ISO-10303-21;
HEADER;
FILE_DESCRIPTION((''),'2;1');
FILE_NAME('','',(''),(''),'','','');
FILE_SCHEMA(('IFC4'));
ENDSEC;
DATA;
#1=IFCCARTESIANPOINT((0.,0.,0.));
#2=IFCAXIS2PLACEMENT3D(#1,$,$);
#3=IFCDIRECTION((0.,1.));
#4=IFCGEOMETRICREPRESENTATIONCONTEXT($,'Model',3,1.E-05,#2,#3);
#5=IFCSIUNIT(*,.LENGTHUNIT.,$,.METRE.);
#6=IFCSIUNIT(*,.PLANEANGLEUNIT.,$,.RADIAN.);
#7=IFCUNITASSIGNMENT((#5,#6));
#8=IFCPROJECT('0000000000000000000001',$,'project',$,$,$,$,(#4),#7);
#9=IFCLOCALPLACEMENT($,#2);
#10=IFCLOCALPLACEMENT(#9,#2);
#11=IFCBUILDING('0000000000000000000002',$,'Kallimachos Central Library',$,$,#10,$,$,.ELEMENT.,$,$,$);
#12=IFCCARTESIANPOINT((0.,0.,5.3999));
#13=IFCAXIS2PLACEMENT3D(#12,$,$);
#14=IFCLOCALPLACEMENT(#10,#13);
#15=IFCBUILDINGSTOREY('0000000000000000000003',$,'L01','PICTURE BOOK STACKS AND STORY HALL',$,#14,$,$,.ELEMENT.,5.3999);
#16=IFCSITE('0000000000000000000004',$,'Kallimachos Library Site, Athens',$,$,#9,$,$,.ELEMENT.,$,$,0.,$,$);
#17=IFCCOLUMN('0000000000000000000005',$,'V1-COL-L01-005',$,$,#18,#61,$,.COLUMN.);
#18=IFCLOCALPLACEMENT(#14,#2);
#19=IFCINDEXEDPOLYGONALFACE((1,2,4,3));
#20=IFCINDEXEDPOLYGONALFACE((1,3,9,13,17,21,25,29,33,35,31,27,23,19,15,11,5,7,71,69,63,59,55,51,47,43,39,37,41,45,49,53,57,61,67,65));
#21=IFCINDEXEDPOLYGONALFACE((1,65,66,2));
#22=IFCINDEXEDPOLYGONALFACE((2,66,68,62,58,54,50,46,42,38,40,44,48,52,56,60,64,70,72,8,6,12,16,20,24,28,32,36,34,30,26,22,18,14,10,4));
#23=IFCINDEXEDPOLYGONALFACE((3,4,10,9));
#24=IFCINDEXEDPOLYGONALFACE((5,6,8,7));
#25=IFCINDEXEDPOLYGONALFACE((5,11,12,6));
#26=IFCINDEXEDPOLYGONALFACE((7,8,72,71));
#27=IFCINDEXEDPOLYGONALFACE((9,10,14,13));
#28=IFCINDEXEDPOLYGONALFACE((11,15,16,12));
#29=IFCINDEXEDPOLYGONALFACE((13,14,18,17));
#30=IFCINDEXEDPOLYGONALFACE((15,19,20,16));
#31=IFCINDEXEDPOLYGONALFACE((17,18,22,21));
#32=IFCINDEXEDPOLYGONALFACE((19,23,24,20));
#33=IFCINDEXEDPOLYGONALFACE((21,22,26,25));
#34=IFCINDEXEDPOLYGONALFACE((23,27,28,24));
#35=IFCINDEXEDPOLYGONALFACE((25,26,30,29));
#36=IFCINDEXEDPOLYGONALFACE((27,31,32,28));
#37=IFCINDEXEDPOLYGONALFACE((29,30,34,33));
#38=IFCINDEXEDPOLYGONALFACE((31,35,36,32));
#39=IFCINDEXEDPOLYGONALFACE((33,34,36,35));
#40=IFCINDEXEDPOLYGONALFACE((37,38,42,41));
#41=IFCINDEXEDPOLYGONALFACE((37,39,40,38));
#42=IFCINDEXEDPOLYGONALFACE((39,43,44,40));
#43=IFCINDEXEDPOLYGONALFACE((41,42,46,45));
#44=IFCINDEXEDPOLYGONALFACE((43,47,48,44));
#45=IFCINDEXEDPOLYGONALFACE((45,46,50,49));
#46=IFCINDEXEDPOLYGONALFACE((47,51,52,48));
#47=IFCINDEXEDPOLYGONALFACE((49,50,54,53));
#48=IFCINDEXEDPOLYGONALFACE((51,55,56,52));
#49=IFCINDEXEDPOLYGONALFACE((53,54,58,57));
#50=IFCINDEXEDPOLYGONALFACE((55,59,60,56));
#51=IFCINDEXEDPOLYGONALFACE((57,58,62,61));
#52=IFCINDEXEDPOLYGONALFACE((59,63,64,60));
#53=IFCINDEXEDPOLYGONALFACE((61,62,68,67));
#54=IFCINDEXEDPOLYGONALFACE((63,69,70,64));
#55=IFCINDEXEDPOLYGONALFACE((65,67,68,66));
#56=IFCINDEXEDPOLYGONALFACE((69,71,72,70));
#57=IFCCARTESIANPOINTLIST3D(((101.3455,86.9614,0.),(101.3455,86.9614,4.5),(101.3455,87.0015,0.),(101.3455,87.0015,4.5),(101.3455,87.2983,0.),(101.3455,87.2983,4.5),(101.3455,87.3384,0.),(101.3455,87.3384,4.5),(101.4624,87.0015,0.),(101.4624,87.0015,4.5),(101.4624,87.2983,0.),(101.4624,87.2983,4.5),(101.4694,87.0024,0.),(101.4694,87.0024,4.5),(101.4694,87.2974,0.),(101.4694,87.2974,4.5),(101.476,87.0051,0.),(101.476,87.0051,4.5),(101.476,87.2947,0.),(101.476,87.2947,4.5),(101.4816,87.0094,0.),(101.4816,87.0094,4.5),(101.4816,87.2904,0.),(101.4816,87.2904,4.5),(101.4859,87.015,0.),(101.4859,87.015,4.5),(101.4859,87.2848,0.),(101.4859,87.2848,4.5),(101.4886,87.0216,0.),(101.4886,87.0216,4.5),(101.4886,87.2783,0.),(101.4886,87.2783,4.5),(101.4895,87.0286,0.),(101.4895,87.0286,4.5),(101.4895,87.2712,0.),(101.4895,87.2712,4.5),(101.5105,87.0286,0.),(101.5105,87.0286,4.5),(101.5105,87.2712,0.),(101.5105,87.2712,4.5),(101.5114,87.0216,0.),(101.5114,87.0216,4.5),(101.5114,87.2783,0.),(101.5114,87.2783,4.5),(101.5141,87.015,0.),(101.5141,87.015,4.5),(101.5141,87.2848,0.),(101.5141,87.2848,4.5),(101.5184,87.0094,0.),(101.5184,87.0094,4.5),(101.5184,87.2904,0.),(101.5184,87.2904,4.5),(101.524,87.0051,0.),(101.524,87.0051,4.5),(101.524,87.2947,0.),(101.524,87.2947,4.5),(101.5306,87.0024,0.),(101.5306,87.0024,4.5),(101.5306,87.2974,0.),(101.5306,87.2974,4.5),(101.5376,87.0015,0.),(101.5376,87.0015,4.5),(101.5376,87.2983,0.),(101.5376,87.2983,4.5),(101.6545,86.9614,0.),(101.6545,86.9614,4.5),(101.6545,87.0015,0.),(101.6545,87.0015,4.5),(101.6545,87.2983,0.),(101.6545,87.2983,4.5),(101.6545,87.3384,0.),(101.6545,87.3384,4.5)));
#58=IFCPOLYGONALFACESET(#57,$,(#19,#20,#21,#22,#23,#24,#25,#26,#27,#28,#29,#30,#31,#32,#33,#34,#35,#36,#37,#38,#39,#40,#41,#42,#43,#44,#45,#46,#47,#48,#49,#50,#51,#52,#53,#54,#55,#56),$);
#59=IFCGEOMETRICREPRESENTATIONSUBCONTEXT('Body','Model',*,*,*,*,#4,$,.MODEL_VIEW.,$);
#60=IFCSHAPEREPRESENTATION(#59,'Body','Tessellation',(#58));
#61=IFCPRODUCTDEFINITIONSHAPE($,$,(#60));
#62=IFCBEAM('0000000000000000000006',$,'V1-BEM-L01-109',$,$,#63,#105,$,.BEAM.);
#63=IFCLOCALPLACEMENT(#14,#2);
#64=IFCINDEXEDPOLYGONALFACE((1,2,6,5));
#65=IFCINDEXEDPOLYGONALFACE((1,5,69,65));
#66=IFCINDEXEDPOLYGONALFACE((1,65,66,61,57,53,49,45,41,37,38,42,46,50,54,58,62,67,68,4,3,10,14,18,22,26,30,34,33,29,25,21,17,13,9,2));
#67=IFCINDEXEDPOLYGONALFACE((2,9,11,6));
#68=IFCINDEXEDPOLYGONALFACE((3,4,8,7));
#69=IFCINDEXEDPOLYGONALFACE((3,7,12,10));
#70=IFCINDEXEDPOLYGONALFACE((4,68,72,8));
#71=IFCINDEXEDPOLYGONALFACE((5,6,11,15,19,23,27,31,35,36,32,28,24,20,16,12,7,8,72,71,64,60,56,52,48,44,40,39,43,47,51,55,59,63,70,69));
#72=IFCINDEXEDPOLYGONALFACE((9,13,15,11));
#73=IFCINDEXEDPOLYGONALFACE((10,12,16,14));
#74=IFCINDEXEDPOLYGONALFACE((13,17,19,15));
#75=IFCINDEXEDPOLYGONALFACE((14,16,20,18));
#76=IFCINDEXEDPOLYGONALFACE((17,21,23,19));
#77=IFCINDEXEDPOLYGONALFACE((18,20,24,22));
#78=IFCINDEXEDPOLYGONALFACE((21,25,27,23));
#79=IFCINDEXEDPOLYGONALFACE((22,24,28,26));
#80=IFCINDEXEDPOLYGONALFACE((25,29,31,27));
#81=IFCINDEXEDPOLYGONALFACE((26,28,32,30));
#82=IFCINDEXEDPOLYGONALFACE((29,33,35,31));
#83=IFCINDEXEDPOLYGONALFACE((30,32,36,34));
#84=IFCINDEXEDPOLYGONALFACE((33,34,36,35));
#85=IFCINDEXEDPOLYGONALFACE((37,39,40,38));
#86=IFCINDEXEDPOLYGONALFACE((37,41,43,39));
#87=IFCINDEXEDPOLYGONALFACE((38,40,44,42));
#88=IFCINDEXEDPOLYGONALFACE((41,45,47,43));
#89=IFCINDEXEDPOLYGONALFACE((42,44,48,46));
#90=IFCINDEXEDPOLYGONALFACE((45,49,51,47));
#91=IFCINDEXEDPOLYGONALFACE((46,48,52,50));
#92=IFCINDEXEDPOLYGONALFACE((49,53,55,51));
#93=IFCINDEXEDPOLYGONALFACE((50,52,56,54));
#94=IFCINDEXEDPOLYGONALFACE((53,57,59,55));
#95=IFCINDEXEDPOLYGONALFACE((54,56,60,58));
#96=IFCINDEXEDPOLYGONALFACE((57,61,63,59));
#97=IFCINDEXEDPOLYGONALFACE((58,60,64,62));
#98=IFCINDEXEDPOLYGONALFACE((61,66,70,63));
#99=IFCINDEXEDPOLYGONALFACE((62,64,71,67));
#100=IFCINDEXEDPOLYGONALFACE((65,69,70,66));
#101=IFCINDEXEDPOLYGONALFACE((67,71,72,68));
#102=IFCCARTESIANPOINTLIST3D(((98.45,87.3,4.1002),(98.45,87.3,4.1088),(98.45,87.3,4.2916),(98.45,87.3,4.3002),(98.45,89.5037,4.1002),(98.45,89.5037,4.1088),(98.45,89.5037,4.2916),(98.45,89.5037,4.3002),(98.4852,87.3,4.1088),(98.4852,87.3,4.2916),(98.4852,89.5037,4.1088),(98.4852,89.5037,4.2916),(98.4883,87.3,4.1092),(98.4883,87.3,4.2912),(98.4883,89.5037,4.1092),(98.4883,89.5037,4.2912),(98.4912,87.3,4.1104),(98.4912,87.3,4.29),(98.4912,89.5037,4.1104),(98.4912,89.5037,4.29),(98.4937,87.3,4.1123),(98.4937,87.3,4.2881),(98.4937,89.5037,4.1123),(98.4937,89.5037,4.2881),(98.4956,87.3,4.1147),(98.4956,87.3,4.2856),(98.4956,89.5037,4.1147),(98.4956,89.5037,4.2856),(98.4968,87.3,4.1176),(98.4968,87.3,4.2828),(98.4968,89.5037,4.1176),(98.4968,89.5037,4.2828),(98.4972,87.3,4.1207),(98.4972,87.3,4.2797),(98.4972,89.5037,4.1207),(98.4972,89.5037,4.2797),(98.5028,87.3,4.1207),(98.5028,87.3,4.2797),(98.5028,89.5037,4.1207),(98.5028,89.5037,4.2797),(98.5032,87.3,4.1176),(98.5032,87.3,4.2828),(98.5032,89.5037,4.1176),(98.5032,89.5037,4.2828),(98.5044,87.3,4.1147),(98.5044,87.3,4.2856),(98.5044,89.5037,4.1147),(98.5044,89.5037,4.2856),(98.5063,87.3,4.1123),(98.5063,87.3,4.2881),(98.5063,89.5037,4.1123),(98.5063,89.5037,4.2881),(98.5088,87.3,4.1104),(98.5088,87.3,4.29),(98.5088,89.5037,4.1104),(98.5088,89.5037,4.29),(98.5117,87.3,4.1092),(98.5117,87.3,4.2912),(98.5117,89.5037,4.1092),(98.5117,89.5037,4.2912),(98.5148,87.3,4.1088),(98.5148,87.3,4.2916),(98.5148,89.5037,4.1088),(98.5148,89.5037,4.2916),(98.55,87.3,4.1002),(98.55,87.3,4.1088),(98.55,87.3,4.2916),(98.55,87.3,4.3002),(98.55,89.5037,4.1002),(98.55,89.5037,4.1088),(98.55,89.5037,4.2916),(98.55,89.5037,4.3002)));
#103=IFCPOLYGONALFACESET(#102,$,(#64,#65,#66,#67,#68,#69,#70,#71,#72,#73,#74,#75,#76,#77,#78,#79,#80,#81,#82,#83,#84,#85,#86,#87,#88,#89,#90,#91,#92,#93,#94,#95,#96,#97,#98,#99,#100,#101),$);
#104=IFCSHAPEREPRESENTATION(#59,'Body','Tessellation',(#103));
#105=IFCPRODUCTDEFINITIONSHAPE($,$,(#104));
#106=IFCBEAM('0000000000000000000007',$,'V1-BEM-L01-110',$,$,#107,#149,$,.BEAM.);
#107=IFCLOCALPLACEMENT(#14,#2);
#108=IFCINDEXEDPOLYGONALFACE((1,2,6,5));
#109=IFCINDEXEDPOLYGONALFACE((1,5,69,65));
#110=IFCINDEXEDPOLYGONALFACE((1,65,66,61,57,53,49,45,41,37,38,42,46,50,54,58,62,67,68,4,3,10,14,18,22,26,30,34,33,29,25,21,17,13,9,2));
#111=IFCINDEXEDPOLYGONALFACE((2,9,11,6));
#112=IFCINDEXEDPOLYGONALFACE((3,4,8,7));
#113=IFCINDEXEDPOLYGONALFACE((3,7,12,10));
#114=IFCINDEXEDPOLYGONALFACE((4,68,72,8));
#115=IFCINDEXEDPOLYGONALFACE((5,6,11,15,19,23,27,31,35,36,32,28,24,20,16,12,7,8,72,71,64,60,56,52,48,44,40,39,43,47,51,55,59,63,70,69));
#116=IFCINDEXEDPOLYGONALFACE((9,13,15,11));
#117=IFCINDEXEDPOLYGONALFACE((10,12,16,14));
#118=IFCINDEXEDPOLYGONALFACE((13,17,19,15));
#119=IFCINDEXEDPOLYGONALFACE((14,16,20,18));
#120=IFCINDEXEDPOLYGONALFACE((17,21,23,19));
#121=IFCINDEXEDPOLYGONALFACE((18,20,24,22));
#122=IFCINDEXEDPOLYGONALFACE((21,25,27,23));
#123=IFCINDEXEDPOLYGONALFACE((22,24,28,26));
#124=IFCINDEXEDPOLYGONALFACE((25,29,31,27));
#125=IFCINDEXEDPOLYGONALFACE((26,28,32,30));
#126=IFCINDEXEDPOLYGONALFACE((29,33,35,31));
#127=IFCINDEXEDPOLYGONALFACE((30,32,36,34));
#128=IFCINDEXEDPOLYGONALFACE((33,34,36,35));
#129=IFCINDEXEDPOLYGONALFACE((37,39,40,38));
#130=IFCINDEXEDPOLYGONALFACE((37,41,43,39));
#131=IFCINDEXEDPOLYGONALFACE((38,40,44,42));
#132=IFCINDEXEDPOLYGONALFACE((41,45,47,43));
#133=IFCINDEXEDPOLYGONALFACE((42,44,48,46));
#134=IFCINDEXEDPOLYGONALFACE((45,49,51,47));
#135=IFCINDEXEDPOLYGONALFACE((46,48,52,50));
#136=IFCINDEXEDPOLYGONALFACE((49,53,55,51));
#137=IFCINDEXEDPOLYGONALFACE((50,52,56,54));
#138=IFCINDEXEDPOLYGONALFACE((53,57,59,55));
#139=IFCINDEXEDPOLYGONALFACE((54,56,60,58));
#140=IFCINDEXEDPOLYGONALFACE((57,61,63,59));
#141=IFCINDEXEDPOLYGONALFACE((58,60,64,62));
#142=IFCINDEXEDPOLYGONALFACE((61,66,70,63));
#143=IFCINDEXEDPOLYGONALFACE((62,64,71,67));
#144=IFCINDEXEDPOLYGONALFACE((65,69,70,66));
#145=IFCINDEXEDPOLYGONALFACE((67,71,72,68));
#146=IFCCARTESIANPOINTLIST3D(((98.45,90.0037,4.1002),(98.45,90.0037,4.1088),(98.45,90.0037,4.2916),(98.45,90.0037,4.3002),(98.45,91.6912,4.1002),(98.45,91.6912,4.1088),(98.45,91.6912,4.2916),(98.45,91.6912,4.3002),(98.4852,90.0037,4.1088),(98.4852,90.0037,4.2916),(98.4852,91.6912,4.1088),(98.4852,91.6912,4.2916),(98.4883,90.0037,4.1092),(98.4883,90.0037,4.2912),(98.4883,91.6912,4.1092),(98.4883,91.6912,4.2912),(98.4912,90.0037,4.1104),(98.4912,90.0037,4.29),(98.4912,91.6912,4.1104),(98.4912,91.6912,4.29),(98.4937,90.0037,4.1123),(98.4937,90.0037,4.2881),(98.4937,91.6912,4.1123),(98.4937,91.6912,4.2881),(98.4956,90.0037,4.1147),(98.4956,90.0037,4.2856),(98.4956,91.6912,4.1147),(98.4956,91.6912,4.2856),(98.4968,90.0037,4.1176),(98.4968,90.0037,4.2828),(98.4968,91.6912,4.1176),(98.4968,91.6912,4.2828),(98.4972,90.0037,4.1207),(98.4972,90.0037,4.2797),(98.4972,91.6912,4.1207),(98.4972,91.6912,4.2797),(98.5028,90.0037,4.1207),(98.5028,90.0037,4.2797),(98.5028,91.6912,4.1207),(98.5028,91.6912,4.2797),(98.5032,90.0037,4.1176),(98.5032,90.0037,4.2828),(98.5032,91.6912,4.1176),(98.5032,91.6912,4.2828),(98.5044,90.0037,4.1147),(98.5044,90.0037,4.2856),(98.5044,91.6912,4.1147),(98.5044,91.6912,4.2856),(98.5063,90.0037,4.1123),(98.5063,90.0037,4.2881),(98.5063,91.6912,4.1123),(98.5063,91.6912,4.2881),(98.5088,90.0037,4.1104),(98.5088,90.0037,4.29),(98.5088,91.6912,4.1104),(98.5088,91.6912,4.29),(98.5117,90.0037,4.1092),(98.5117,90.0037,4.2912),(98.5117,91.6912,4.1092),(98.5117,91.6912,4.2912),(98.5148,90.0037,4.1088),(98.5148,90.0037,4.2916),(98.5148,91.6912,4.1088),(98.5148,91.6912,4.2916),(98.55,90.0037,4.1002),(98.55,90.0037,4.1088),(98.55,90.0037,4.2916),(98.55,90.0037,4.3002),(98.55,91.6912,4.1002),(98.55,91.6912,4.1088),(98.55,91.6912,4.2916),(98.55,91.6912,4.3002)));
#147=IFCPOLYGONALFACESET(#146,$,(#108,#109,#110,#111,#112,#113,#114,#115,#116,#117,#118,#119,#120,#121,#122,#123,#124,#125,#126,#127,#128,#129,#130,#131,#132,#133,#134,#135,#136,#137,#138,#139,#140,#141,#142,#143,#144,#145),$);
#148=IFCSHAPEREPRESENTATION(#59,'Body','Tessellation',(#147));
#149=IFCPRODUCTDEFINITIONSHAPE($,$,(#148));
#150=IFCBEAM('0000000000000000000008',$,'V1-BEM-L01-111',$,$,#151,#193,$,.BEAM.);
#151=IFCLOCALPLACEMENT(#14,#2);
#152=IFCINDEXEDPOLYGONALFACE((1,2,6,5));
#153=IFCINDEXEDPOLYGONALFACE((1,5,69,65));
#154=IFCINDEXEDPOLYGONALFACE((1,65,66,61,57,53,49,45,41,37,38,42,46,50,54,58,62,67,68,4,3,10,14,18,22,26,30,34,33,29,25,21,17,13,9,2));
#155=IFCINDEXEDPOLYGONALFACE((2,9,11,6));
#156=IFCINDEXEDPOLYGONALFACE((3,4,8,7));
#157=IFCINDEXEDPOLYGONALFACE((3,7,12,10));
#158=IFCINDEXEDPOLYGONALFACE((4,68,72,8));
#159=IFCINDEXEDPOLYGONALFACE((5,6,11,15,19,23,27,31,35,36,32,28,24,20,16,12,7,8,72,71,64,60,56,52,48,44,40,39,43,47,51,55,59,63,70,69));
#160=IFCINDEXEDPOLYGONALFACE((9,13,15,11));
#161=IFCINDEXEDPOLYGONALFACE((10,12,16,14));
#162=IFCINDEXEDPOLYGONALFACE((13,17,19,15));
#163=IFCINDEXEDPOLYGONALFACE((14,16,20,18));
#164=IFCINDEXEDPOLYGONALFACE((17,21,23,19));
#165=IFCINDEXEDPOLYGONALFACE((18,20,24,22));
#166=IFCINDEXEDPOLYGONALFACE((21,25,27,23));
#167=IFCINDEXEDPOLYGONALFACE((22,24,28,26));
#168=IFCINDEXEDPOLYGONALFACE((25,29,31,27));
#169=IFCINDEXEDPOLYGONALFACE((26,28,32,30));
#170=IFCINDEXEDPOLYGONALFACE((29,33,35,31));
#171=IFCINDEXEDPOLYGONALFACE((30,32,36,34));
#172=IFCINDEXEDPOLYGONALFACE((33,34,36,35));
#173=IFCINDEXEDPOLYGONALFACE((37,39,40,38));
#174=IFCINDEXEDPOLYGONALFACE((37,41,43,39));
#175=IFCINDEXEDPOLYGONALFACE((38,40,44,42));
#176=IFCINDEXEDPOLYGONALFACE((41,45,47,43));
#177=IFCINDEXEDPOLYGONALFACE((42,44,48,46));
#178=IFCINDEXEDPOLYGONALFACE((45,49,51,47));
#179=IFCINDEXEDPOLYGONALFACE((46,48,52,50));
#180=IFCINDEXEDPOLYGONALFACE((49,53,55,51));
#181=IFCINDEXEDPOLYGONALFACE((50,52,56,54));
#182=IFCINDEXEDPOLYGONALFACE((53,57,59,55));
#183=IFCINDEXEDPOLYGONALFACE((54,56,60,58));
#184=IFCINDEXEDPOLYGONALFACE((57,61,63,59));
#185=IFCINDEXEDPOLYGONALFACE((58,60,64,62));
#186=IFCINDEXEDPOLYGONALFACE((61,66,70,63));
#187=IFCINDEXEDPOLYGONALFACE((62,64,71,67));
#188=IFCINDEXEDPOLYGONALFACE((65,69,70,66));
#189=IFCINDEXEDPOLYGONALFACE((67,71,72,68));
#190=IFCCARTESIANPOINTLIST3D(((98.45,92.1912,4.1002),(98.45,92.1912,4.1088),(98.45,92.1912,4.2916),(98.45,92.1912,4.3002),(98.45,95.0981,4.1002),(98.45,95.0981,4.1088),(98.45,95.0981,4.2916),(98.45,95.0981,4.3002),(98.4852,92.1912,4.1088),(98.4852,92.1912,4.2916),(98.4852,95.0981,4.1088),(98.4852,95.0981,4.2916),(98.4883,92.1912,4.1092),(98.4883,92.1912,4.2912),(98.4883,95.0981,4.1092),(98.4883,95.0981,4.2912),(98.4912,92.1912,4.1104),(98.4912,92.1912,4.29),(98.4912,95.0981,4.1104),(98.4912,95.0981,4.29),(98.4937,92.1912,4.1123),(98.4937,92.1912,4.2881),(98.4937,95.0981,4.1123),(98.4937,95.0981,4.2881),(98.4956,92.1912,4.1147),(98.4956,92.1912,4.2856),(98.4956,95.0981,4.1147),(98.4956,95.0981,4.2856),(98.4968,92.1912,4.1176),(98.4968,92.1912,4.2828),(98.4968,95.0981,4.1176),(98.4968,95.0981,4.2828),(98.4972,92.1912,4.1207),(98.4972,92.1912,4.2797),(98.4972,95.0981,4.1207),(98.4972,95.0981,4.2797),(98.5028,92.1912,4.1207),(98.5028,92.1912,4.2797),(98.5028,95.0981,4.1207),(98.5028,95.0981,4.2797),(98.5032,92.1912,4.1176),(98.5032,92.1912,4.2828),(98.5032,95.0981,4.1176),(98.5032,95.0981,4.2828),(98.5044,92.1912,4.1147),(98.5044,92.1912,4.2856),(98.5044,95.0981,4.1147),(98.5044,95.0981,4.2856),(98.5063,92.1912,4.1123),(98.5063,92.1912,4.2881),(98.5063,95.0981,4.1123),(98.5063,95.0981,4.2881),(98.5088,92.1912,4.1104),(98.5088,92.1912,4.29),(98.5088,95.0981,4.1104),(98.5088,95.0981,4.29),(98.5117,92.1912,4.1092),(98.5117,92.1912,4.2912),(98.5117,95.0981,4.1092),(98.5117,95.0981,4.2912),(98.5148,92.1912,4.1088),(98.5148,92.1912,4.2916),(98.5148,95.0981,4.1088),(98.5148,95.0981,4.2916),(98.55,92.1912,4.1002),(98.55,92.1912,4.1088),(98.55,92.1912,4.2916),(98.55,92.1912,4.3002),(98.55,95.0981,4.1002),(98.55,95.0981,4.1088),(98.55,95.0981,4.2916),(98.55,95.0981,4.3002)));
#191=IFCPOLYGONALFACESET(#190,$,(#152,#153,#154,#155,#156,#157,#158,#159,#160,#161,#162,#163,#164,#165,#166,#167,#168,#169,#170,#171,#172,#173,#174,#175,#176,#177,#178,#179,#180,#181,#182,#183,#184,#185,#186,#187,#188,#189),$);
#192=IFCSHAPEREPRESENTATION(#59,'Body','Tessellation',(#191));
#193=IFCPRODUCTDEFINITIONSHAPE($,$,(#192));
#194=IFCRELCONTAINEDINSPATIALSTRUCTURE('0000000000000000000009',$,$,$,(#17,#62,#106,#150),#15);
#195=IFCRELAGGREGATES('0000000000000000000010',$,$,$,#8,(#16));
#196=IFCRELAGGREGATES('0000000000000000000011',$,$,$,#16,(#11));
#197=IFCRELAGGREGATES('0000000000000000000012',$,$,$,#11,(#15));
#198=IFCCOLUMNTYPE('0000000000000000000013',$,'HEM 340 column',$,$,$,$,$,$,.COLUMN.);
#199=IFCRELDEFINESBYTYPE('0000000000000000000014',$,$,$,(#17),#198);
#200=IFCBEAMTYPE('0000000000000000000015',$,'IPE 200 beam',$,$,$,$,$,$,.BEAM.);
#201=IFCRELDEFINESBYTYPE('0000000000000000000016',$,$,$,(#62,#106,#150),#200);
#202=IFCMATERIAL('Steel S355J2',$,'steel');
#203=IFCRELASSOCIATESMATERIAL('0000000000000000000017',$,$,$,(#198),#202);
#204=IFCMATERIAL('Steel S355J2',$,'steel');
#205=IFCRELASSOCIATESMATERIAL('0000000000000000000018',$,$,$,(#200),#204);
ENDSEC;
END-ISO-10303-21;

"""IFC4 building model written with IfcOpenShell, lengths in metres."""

from ifc_helpers import new_model, si_unit, direction, frame, origin, origin_2d, place, context, subcontext, project, spatial, i_section, extrude, material, material_profile, profile_set, type_object, element, save


model = new_model("IFC4")

# Units and contexts
model_context = context("Model", 3, precision=1e-05, world=origin(), true_north=direction((0.0, 1.0)))
body_context = subcontext(model_context, "Body", "Model", "MODEL_VIEW")
ifc_project = project(units=[si_unit("LENGTHUNIT", "METRE"), si_unit("PLANEANGLEUNIT", "RADIAN")], contexts=[model_context])

# Site, building, storey
site_placement = place(None, origin())
site = spatial("IfcSite", under=ifc_project, at=site_placement, Name="Kallimachos Library Site, Athens", CompositionType="ELEMENT", RefElevation=0.0)
building_placement = place(site_placement, origin())
building = spatial("IfcBuilding", under=site, at=building_placement, Name="Kallimachos Central Library", CompositionType="ELEMENT")
storey_placement = place(building_placement, frame((0.0, 0.0, 5.3999)))
storey = spatial("IfcBuildingStorey", under=building, at=storey_placement, Name="L01", Description="PICTURE BOOK STACKS AND STORY HALL", CompositionType="ELEMENT", Elevation=5.3999)

# Column
ifc_material_1 = material(Name="Steel S355J2", Category="steel")
ifc_material_profile_1 = material_profile(ifc_material_1, i_section(OverallWidth=0.3091, OverallDepth=0.377, WebThickness=0.021, FlangeThickness=0.04, FilletRadius=0.0271, at=origin_2d()), Name="HEM 340")
ifc_profile_set_1 = profile_set([ifc_material_profile_1], Name="Steel S355J2")
column_type = type_object("IfcColumnType", Name="HEM 340 column", PredefinedType="COLUMN", material=ifc_profile_set_1)
column_placement = place(storey_placement, frame((101.5, 87.1499, 0.0), z_axis=(0.0, 0.0, 1.0), x_axis=(1.0, 0.0, 0.0)))
element("IfcColumn", 1, at=column_placement, inside=storey, type_object=column_type, Name="V1-COL-L01-005", PredefinedType="COLUMN", context=body_context, shape_type="SweptSolid", body=[
    extrude(i_section(OverallWidth=0.3091, OverallDepth=0.377, WebThickness=0.021, FlangeThickness=0.04, FilletRadius=0.0271, at=origin_2d()), origin(), (0.0, 0.0, 1.0), 4.5),
])

# Beams
ifc_material_2 = material(Name="Steel S355J2", Category="steel")
ifc_material_profile_2 = material_profile(ifc_material_2, i_section(OverallWidth=0.1001, OverallDepth=0.2, WebThickness=0.0056, FlangeThickness=0.0085, FilletRadius=0.012, at=origin_2d()), Name="IPE 200")
ifc_profile_set_2 = profile_set([ifc_material_profile_2], Name="Steel S355J2")
beam_type_1 = type_object("IfcBeamType", Name="IPE 200 beam", PredefinedType="BEAM", material=ifc_profile_set_2)
beam_1_placement = place(storey_placement, frame((98.5, 87.3, 4.2002), z_axis=(0.0, 1.0, 0.0), x_axis=(-1.0, 0.0, 0.0)))
element("IfcBeam", 2, at=beam_1_placement, inside=storey, type_object=beam_type_1, Name="V1-BEM-L01-109", PredefinedType="BEAM", context=body_context, shape_type="SweptSolid", body=[
    extrude(i_section(OverallWidth=0.1001, OverallDepth=0.2, WebThickness=0.0056, FlangeThickness=0.0085, FilletRadius=0.012, at=origin_2d()), origin(), (0.0, 0.0, 1.0), 2.2036),
])
beam_2_placement = place(storey_placement, frame((98.5, 90.0037, 4.2002), z_axis=(0.0, 1.0, 0.0), x_axis=(-1.0, 0.0, 0.0)))
element("IfcBeam", 3, at=beam_2_placement, inside=storey, type_object=beam_type_1, Name="V1-BEM-L01-110", PredefinedType="BEAM", context=body_context, shape_type="SweptSolid", body=[
    extrude(i_section(OverallWidth=0.1001, OverallDepth=0.2, WebThickness=0.0056, FlangeThickness=0.0085, FilletRadius=0.012, at=origin_2d()), origin(), (0.0, 0.0, 1.0), 1.6875),
])
beam_3_placement = place(storey_placement, frame((98.5, 92.1912, 4.2002), z_axis=(0.0, 1.0, 0.0), x_axis=(-1.0, 0.0, 0.0)))
element("IfcBeam", 4, at=beam_3_placement, inside=storey, type_object=beam_type_1, Name="V1-BEM-L01-111", PredefinedType="BEAM", context=body_context, shape_type="SweptSolid", body=[
    extrude(i_section(OverallWidth=0.1001, OverallDepth=0.2, WebThickness=0.0056, FlangeThickness=0.0085, FilletRadius=0.012, at=origin_2d()), origin(), (0.0, 0.0, 1.0), 2.907),
])

save(model, "model.ifc")
